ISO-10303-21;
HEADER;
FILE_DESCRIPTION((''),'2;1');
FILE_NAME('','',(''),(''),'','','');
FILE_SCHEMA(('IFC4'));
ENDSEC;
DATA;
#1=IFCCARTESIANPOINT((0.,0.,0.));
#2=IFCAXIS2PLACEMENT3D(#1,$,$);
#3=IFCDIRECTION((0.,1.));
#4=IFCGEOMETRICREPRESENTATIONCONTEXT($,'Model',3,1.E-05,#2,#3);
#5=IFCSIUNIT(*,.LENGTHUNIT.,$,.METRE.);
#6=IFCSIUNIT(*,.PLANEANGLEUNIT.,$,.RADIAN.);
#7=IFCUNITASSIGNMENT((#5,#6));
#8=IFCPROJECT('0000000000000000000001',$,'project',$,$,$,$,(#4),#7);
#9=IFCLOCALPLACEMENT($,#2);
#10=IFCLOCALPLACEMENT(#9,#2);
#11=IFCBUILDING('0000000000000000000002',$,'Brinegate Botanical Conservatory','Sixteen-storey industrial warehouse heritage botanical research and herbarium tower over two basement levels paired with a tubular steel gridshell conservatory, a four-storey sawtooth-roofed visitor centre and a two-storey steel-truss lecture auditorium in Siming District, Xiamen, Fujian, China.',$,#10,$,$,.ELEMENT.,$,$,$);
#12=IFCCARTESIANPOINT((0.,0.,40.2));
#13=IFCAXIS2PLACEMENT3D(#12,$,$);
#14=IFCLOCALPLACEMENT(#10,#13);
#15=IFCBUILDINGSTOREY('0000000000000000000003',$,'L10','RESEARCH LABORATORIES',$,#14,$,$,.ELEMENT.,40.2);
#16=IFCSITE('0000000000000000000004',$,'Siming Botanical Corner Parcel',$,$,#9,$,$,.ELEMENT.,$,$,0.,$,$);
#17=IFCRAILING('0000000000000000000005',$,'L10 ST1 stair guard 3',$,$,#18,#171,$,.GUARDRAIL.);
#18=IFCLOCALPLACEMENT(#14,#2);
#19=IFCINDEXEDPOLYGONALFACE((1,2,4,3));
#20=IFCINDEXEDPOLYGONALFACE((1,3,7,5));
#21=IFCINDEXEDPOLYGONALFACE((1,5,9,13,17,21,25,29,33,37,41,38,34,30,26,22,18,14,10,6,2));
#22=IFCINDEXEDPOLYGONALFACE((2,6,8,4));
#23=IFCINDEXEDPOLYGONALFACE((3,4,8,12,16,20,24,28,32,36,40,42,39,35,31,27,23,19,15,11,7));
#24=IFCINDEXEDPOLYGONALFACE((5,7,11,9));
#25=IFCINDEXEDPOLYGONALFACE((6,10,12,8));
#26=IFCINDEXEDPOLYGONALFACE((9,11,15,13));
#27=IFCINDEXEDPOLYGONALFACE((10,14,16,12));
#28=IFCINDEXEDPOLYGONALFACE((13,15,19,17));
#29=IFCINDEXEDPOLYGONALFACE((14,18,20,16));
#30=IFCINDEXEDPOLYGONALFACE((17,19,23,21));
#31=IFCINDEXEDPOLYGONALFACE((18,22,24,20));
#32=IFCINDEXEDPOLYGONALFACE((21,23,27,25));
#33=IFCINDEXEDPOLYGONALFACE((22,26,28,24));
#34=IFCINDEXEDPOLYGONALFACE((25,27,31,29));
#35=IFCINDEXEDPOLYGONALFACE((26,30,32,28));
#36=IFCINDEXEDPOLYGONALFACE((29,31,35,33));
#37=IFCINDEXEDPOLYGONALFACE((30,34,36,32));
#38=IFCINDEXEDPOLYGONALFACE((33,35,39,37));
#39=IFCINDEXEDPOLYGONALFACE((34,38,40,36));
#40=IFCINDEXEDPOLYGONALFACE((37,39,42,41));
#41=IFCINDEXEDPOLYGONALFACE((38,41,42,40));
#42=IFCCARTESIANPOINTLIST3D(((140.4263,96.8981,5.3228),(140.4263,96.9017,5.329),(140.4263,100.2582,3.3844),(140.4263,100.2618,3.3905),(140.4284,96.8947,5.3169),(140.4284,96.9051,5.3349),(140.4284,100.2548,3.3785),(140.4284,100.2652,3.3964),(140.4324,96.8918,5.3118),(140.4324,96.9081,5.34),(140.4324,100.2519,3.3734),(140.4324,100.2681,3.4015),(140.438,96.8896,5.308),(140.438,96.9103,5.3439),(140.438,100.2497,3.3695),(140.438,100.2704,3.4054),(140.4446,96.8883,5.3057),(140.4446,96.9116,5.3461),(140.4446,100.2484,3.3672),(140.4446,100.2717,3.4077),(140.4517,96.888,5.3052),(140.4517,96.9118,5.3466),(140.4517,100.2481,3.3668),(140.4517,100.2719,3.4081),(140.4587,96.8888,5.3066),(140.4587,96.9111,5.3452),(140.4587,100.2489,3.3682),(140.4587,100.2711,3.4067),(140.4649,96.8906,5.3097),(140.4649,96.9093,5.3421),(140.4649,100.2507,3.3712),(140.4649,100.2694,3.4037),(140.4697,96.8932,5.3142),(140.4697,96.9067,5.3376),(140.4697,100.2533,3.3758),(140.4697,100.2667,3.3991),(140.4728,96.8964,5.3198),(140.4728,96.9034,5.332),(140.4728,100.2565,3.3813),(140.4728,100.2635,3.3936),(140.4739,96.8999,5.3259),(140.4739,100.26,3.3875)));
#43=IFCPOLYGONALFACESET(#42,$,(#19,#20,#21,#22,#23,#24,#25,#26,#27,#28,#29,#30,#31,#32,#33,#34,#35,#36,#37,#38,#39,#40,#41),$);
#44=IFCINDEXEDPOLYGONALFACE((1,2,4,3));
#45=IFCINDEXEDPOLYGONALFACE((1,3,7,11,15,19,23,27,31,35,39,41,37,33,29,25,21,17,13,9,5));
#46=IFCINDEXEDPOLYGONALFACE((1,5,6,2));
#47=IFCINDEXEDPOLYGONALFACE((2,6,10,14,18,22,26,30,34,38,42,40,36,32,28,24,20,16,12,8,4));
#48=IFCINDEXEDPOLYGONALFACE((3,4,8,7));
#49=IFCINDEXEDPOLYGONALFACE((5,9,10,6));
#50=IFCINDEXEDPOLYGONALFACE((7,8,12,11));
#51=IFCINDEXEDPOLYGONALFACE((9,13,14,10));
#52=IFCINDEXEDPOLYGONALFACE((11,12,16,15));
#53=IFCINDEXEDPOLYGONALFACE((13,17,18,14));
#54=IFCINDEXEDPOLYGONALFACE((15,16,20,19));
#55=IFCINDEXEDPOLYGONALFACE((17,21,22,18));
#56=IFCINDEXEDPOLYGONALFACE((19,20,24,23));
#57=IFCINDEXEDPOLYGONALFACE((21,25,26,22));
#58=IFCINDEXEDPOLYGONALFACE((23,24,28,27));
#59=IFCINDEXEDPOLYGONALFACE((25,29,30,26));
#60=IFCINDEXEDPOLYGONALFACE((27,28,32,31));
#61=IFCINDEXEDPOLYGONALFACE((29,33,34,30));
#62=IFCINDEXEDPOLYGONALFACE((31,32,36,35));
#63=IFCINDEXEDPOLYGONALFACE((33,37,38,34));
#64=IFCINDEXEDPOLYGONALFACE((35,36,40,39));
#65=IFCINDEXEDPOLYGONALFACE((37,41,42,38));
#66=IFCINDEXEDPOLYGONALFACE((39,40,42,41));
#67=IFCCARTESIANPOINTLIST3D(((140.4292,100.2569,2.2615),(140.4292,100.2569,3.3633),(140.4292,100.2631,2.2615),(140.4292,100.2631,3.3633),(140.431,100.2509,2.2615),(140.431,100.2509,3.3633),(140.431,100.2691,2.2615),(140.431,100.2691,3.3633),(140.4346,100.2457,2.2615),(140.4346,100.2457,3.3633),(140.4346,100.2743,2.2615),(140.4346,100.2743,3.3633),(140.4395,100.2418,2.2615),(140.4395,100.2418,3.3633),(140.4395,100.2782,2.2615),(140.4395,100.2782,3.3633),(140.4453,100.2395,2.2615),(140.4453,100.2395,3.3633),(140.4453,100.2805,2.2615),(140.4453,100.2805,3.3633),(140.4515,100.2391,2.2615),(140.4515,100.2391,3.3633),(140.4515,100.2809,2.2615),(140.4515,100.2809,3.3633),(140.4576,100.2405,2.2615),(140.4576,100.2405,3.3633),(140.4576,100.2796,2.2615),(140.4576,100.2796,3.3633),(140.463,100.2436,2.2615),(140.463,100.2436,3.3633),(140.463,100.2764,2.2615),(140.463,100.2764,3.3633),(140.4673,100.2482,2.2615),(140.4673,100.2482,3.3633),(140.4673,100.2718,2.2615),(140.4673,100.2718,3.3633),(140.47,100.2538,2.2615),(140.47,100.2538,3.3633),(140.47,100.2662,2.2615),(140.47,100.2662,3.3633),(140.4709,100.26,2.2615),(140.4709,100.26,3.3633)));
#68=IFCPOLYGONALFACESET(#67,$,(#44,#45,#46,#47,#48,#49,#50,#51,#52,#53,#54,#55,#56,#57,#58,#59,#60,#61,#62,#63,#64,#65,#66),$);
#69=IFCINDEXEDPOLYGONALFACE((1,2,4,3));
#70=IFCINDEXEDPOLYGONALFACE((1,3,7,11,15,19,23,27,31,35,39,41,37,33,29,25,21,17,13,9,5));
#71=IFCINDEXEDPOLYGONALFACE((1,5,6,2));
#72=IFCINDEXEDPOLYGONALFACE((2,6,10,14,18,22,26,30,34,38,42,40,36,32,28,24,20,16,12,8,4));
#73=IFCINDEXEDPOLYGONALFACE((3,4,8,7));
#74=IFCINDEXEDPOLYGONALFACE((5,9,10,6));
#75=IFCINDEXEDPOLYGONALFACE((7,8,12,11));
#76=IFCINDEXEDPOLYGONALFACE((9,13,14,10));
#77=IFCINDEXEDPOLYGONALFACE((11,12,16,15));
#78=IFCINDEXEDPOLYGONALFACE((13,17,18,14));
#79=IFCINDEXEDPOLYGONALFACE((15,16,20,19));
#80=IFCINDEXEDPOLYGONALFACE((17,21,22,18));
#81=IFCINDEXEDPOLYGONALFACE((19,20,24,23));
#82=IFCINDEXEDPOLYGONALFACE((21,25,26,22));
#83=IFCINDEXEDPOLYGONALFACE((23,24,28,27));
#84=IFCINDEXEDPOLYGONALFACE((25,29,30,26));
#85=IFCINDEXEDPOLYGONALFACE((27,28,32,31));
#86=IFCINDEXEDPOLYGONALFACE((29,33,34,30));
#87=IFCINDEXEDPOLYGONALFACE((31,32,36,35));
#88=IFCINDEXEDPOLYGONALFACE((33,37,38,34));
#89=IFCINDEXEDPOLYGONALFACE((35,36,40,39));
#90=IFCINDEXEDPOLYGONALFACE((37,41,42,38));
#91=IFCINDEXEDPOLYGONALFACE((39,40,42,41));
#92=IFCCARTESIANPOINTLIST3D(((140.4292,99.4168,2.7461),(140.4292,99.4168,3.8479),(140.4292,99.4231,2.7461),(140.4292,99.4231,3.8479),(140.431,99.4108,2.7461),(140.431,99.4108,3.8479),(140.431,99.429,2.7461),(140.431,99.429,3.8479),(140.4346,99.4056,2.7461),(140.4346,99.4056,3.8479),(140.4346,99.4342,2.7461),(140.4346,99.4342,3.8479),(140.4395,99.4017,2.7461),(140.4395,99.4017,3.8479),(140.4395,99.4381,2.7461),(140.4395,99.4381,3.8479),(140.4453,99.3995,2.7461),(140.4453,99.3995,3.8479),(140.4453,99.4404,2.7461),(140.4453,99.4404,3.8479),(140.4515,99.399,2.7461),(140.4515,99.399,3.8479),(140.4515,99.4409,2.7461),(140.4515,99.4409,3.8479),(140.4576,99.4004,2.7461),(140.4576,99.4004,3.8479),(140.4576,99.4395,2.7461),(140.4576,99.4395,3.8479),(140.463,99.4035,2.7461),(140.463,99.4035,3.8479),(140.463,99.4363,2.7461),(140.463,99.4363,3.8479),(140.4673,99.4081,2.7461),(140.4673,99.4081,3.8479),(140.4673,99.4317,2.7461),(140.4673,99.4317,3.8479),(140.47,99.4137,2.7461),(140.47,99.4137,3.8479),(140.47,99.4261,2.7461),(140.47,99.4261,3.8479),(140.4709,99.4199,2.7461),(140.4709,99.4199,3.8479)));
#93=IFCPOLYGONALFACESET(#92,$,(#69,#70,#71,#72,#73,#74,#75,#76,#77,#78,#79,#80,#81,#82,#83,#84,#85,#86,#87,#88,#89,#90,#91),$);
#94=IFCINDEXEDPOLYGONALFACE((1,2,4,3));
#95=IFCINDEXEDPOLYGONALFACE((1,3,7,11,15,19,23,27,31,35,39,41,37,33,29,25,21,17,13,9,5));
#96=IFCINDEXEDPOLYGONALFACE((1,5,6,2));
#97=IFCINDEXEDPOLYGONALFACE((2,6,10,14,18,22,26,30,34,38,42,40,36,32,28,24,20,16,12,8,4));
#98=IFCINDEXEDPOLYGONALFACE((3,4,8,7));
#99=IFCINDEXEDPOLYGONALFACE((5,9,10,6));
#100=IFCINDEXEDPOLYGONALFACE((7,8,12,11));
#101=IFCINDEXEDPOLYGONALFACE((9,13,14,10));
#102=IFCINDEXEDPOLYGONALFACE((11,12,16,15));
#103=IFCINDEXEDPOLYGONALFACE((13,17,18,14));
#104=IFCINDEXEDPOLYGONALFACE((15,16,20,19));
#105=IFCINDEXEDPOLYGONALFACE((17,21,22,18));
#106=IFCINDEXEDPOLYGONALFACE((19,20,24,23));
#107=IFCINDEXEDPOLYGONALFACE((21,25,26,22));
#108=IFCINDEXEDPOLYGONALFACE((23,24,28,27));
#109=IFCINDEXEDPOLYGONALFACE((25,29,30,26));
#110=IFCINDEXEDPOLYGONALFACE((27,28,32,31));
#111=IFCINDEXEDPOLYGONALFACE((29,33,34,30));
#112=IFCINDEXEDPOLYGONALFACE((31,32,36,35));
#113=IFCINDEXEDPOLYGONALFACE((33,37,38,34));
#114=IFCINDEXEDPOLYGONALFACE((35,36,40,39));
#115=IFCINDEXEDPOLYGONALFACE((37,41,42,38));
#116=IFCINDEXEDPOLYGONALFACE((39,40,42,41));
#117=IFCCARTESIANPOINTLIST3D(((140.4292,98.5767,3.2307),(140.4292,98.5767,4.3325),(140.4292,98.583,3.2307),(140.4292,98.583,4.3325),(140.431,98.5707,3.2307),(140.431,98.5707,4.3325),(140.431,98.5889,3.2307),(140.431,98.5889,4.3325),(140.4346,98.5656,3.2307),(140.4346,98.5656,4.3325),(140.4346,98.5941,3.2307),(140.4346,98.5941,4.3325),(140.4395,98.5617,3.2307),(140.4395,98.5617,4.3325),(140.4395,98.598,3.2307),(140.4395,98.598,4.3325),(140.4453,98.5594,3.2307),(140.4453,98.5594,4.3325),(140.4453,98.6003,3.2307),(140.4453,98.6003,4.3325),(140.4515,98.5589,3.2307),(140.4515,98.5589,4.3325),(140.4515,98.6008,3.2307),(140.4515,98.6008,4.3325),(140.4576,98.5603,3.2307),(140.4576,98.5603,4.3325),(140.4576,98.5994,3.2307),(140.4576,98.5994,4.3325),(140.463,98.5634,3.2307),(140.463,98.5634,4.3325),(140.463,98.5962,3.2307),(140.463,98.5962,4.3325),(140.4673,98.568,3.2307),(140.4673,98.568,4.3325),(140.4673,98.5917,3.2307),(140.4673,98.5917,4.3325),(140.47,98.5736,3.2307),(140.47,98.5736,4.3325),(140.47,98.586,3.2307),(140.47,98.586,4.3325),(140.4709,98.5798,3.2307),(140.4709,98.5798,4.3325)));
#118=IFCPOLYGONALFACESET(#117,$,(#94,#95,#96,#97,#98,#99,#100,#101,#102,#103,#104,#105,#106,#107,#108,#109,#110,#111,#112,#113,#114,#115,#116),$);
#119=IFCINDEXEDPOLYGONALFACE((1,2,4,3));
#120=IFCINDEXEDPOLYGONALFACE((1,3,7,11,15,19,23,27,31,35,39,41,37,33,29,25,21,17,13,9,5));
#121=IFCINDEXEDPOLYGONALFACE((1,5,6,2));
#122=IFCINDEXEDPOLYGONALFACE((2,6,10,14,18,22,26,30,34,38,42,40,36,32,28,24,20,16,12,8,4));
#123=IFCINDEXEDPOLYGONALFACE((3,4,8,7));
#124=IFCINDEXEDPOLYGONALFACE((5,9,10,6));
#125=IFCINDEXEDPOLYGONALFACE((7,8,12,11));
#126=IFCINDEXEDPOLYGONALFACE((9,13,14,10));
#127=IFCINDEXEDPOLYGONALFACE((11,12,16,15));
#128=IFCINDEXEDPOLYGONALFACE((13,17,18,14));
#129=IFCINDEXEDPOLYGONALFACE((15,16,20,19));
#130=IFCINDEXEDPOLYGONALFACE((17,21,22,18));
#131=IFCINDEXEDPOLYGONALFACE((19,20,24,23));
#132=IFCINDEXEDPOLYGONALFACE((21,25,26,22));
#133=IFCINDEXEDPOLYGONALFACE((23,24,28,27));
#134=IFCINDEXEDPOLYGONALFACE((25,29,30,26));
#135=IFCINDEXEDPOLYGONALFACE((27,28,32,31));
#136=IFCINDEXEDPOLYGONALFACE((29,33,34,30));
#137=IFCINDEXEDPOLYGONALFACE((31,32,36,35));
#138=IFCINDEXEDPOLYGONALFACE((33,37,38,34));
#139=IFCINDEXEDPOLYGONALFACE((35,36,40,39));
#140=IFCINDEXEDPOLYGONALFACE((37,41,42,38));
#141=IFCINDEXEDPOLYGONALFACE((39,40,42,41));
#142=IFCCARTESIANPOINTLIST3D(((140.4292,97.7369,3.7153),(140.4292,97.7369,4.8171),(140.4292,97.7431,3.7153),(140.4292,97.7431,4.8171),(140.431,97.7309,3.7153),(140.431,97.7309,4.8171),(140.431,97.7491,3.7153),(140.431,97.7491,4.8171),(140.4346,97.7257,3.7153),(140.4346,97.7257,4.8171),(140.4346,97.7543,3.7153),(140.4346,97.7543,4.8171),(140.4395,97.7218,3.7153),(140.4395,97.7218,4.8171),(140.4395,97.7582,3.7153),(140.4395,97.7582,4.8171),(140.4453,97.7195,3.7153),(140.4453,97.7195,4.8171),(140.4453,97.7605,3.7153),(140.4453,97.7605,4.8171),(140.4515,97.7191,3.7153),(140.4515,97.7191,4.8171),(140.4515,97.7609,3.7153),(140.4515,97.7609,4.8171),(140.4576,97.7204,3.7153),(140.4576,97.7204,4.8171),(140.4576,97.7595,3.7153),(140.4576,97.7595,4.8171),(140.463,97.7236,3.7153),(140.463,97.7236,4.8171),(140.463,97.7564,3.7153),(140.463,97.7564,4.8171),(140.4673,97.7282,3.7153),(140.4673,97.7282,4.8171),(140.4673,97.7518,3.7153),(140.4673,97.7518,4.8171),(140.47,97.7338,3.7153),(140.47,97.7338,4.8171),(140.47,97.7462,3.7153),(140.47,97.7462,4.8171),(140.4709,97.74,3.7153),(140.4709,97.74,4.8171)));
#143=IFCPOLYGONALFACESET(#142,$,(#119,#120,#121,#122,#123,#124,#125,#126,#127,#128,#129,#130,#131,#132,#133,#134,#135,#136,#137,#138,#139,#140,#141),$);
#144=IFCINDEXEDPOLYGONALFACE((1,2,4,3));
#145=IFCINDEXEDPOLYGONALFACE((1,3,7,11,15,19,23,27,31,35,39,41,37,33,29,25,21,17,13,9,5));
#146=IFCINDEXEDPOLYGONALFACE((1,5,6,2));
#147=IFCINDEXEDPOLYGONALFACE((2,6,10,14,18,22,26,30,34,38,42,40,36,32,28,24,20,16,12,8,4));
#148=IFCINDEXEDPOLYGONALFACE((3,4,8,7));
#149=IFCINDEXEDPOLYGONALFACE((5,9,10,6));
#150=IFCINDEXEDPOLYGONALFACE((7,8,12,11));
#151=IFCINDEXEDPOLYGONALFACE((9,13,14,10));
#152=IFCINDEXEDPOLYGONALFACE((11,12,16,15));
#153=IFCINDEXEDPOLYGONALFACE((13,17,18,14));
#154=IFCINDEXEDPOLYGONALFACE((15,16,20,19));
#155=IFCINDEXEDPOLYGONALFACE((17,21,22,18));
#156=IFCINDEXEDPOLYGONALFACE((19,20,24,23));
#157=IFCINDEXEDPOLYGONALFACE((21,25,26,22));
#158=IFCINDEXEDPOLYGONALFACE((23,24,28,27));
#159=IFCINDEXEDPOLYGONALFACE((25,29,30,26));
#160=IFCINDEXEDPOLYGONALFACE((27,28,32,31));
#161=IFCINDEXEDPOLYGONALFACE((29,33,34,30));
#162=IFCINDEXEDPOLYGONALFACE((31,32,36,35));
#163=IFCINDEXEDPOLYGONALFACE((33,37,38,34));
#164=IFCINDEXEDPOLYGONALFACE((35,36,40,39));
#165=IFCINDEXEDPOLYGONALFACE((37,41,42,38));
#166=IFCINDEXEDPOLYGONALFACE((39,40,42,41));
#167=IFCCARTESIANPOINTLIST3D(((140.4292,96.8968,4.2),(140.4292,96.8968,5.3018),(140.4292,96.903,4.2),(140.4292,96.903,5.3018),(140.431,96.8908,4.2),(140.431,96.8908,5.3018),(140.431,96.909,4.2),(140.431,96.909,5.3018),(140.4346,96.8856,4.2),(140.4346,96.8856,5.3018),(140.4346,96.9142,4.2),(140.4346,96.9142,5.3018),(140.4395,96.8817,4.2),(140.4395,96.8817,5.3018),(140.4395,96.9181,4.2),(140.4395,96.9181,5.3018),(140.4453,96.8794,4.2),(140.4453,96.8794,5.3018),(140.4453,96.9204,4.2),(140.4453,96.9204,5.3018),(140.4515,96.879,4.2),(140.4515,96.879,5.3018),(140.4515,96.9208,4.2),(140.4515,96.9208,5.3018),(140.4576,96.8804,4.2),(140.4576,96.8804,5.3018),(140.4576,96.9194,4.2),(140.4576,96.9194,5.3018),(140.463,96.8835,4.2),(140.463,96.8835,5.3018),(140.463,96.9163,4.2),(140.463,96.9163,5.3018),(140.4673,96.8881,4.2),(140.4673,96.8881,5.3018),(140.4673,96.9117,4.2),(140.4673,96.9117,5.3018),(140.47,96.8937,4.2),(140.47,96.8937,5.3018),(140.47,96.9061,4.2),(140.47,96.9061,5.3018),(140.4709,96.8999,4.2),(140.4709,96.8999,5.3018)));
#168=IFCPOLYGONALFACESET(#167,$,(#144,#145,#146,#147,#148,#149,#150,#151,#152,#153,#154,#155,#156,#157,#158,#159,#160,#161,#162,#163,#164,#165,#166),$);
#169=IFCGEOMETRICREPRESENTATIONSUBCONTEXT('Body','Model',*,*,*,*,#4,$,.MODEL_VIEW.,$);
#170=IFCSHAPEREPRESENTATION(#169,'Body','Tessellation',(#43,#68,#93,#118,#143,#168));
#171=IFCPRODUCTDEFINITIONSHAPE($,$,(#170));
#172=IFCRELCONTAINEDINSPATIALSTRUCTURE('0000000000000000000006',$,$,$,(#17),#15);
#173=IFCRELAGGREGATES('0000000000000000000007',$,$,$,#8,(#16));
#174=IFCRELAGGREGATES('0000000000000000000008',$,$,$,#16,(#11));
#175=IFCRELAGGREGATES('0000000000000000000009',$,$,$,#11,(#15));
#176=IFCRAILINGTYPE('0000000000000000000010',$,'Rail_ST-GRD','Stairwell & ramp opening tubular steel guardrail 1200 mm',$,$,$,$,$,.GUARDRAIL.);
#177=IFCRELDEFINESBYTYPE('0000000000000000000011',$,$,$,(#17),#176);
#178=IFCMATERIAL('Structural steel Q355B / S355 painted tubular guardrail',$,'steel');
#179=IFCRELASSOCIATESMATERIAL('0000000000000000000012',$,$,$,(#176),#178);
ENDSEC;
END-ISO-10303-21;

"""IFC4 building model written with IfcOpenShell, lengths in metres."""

from ifc_helpers import new_model, si_unit, direction, frame, origin, origin_2d, place, context, subcontext, project, spatial, circle, extrude, material, type_object, element, save


model = new_model("IFC4")

# Units and contexts
model_context = context("Model", 3, precision=1e-05, world=origin(), true_north=direction((0.0, 1.0)))
body_context = subcontext(model_context, "Body", "Model", "MODEL_VIEW")
ifc_project = project(units=[si_unit("LENGTHUNIT", "METRE"), si_unit("PLANEANGLEUNIT", "RADIAN")], contexts=[model_context])

# Site, building, storey
site_placement = place(None, origin())
site = spatial("IfcSite", under=ifc_project, at=site_placement, Name="Siming Botanical Corner Parcel", CompositionType="ELEMENT", RefElevation=0.0)
building_placement = place(site_placement, origin())
building = spatial("IfcBuilding", under=site, at=building_placement, Name="Brinegate Botanical Conservatory", Description="Sixteen-storey industrial warehouse heritage botanical research and herbarium tower over two basement levels paired with a tubular steel gridshell conservatory, a four-storey sawtooth-roofed visitor centre and a two-storey steel-truss lecture auditorium in Siming District, Xiamen, Fujian, China.", CompositionType="ELEMENT")
storey_placement = place(building_placement, frame((0.0, 0.0, 40.2)))
storey = spatial("IfcBuildingStorey", under=building, at=storey_placement, Name="L10", Description="RESEARCH LABORATORIES", CompositionType="ELEMENT", Elevation=40.2)

# Railing
ifc_material_1 = material(Name="Structural steel Q355B / S355 painted tubular guardrail", Category="steel")
railing_type_1 = type_object("IfcRailingType", Name="Rail_ST-GRD", Description="Stairwell & ramp opening tubular steel guardrail 1200 mm", PredefinedType="GUARDRAIL", material=ifc_material_1)
railing_1_placement = place(storey_placement, frame((140.45, 100.26, 2.2615)))
element("IfcRailing", 1, at=railing_1_placement, inside=storey, type_object=railing_type_1, Name="L10 ST1 stair guard 3", PredefinedType="GUARDRAIL", context=body_context, shape_type="SweptSolid", body=[
    extrude(circle(Radius=0.0239, at=origin_2d()), frame((0.0, 0.0, 1.126), z_axis=(0.0, -0.866191, 0.499713), x_axis=(1.0, 0.0, 0.0)), (0.0, 0.0, 1.0), 3.8792),
    extrude(circle(Radius=0.021, at=origin_2d()), origin(), (0.0, 0.0, 1.0), 1.1018),
    extrude(circle(Radius=0.021, at=origin_2d()), frame((0.0, -0.8401, 0.4846)), (0.0, 0.0, 1.0), 1.1018),
    extrude(circle(Radius=0.021, at=origin_2d()), frame((0.0, -1.6802, 0.9692)), (0.0, 0.0, 1.0), 1.1018),
    extrude(circle(Radius=0.021, at=origin_2d()), frame((0.0, -2.52, 1.4539)), (0.0, 0.0, 1.0), 1.1018),
    extrude(circle(Radius=0.021, at=origin_2d()), frame((0.0, -3.3601, 1.9385)), (0.0, 0.0, 1.0), 1.1018),
])

save(model, "model.ifc")
